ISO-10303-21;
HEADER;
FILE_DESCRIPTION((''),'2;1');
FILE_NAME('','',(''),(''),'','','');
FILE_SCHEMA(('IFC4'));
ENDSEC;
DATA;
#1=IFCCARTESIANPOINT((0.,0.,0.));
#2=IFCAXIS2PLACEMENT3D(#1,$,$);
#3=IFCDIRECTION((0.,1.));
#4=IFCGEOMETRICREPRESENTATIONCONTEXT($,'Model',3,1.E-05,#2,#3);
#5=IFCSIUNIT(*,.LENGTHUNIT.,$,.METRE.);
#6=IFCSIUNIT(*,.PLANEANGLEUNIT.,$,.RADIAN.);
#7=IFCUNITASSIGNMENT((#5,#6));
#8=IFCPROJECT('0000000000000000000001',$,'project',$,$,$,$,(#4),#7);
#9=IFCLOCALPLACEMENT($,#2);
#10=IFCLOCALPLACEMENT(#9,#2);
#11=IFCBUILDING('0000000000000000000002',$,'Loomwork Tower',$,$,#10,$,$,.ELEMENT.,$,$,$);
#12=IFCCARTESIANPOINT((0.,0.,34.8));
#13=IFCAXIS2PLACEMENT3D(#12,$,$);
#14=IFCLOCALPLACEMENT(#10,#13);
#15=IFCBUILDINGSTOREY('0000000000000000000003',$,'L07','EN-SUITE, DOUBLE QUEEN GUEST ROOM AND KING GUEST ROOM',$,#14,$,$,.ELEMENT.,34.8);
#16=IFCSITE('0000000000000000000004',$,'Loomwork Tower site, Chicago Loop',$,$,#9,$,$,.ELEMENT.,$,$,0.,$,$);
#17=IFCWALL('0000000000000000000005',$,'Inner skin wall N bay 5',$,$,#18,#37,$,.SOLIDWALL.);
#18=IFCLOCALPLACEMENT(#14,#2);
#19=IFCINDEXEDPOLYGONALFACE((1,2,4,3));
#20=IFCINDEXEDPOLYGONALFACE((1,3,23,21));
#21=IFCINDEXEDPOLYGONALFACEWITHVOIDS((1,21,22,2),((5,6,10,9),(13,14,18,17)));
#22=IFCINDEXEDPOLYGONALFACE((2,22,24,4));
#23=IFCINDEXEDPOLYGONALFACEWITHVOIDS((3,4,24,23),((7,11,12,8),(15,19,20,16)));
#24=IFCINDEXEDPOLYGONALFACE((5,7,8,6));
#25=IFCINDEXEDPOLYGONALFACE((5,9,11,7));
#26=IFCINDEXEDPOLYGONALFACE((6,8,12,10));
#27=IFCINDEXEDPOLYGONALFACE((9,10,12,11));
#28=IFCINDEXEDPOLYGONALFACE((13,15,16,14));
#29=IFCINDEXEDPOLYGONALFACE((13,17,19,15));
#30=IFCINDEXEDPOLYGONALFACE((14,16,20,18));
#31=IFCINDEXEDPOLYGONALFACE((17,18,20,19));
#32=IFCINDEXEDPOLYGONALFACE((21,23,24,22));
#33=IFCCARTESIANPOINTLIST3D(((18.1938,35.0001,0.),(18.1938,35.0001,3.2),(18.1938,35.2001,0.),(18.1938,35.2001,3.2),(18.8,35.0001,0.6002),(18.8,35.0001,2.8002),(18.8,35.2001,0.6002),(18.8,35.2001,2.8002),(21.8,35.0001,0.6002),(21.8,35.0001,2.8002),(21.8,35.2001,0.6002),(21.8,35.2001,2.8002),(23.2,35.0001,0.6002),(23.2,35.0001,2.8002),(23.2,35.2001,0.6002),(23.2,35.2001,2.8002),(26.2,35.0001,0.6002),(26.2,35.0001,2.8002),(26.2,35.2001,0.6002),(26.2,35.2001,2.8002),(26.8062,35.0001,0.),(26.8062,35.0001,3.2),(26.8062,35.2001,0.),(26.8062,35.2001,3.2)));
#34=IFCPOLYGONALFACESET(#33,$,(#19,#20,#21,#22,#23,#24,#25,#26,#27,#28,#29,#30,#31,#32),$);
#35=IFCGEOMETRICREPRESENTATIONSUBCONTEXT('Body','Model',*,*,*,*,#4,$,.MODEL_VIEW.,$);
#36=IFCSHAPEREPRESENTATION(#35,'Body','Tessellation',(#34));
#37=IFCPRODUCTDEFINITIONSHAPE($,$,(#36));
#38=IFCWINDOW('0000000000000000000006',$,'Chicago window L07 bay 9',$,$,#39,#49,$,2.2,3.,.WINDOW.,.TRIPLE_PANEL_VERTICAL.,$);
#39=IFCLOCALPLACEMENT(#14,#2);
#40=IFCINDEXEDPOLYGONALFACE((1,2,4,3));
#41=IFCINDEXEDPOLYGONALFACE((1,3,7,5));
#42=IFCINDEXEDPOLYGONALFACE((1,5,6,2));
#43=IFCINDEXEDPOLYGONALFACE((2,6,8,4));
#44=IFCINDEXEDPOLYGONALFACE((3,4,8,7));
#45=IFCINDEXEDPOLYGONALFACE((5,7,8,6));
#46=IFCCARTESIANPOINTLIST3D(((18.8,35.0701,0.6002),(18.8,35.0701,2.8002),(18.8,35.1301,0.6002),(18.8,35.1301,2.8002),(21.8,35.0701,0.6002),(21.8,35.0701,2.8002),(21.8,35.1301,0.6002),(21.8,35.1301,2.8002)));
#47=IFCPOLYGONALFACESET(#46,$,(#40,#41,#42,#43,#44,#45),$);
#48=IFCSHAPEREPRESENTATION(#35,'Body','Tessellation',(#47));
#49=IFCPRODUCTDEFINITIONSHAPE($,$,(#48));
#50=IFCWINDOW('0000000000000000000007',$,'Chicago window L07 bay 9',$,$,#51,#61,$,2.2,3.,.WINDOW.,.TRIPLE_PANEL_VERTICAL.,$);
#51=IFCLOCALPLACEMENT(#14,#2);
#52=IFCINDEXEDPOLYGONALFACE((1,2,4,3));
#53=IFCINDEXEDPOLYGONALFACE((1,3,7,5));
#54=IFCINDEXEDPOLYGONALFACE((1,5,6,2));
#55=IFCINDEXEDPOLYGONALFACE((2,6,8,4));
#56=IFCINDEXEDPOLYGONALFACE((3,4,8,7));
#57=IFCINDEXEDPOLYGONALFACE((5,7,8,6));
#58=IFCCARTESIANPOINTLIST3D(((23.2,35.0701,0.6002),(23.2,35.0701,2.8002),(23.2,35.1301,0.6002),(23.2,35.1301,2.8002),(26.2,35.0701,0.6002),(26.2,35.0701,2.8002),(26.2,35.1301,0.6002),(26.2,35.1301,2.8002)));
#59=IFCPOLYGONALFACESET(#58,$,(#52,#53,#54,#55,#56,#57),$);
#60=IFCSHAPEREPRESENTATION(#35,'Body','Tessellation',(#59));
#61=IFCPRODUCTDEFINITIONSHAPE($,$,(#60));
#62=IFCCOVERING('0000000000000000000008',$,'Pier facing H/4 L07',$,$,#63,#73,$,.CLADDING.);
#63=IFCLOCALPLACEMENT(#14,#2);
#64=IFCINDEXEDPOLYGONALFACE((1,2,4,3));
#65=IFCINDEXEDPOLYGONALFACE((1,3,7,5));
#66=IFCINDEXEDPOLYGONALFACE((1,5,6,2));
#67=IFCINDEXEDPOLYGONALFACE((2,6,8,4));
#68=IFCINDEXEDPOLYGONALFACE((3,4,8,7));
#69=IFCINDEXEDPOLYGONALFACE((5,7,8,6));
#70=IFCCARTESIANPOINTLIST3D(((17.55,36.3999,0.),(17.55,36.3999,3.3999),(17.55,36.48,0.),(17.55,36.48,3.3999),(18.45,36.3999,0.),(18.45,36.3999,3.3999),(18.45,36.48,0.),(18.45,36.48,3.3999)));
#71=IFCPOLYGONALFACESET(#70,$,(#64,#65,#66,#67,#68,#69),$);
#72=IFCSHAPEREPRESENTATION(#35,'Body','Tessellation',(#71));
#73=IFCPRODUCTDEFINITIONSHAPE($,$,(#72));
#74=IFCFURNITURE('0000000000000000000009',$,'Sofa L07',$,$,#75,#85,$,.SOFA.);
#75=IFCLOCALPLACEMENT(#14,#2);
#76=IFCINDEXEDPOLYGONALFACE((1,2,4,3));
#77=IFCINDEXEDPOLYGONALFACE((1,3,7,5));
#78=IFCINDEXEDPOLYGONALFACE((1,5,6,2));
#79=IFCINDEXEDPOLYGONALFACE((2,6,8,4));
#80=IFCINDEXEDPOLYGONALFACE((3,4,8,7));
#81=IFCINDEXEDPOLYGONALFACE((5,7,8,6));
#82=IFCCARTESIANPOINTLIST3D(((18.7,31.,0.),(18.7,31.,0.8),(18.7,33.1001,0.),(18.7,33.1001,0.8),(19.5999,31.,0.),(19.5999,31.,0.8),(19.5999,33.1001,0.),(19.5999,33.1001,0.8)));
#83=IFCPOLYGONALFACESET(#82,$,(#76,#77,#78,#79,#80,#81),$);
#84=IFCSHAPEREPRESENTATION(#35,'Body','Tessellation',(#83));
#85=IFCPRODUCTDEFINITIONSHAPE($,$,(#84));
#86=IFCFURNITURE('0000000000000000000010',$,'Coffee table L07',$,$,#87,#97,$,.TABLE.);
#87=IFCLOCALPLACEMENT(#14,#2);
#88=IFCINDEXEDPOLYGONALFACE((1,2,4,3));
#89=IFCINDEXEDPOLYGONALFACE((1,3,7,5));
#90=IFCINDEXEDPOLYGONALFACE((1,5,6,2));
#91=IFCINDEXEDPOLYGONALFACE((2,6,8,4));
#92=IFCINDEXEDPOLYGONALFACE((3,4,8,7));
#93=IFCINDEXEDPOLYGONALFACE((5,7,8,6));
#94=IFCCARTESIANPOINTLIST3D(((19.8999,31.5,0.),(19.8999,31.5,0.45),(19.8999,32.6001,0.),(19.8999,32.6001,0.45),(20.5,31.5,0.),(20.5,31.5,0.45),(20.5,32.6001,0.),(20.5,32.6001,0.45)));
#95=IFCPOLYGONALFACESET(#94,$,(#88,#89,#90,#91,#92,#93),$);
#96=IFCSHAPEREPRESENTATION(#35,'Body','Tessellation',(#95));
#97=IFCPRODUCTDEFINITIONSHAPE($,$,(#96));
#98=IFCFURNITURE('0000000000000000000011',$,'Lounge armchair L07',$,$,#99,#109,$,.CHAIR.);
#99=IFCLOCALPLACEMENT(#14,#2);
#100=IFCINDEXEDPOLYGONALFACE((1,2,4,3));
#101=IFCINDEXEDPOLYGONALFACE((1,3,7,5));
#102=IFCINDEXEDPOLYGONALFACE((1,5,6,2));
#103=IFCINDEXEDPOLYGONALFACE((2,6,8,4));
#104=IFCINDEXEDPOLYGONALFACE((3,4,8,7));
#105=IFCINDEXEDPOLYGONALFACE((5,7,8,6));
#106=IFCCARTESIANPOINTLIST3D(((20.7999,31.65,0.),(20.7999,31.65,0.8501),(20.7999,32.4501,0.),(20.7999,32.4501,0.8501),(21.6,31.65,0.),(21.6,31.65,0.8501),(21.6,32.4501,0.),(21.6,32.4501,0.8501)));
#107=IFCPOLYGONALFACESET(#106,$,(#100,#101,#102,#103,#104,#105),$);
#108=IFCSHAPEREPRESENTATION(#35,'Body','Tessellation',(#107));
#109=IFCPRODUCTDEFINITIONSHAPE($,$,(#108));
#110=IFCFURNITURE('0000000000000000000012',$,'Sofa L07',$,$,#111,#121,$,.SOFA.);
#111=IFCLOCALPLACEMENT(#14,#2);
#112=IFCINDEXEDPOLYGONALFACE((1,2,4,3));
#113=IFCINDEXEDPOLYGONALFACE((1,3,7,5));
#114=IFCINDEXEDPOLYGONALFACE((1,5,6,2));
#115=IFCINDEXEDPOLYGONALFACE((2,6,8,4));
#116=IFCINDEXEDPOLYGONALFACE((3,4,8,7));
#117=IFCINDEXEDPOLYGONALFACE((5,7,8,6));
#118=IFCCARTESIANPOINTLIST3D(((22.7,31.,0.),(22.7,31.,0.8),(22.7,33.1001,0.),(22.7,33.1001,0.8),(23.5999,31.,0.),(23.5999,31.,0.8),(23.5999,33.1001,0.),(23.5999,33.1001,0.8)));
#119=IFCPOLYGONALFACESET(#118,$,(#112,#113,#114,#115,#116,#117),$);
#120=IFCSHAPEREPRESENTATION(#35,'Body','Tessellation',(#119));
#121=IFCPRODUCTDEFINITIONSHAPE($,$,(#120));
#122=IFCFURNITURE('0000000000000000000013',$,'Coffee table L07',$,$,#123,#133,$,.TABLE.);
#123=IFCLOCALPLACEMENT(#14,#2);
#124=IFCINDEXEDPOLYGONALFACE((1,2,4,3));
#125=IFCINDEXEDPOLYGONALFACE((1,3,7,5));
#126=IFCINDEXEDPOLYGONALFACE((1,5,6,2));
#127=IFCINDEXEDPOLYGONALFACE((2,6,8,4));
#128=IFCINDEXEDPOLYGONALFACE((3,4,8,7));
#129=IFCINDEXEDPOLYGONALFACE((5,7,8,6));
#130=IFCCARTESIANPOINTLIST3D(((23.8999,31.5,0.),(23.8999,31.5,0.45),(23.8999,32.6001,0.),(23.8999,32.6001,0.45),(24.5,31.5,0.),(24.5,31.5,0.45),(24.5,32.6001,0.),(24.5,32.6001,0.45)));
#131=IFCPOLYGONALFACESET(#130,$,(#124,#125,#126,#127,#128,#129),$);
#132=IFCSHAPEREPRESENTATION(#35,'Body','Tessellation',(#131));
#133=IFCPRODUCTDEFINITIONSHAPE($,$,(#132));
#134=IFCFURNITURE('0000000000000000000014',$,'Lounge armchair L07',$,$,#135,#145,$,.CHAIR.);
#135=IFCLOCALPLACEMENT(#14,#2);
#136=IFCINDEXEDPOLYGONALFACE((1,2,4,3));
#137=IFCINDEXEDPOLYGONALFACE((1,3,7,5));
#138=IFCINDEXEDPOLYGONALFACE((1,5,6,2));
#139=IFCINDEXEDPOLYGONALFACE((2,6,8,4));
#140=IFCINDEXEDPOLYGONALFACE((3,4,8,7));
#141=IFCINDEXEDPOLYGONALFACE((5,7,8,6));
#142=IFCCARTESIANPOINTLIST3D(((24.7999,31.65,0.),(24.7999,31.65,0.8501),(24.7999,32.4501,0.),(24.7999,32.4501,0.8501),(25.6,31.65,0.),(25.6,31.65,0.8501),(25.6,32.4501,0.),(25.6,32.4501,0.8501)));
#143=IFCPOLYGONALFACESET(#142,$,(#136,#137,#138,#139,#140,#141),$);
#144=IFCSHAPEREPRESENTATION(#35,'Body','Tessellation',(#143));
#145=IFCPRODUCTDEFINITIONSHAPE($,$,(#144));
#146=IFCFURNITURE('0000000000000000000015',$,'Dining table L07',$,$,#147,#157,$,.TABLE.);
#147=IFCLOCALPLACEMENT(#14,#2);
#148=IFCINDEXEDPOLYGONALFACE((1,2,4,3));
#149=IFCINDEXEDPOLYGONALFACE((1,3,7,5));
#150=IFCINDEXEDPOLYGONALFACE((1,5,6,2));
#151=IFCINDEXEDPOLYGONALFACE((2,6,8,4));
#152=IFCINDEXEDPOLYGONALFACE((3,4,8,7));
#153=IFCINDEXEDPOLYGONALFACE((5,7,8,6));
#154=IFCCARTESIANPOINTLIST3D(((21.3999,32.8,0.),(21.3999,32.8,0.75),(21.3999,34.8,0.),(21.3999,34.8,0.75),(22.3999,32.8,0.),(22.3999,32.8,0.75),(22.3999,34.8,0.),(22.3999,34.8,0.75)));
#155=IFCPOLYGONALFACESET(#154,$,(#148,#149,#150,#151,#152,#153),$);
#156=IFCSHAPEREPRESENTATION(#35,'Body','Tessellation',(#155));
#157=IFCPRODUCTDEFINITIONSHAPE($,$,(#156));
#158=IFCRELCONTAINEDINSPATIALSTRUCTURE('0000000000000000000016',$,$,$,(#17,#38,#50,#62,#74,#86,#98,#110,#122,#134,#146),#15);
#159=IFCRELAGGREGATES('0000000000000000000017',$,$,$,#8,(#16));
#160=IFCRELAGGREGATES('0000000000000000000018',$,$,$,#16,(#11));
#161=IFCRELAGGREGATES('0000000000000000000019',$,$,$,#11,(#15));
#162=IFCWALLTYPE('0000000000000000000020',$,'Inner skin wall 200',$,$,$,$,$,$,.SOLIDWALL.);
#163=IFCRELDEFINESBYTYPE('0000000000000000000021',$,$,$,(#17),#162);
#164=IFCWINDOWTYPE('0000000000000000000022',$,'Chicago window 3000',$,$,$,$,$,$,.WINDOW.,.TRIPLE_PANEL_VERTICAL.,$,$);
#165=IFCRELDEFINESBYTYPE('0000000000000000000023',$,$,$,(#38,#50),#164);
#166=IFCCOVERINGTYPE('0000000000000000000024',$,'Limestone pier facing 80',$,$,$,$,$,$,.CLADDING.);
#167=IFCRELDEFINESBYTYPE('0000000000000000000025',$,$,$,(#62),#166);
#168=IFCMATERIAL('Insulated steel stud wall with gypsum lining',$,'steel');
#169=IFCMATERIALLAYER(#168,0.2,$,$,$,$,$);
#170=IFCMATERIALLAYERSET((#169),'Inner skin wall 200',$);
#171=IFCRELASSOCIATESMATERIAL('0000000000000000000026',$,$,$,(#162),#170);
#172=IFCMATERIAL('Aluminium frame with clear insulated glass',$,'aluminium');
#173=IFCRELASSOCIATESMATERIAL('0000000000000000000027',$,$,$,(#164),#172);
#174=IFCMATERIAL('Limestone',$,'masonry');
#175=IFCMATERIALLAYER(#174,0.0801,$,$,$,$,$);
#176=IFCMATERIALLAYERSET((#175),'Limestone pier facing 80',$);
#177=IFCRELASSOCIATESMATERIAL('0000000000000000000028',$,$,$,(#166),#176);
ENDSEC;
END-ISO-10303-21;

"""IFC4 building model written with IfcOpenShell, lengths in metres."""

from ifc_helpers import new_model, si_unit, direction, frame, frame_2d, origin, origin_2d, place, context, subcontext, project, spatial, rectangle, extrude, material, layer, layer_set, type_object, element, fill, save


model = new_model("IFC4")

# Units and contexts
model_context = context("Model", 3, precision=1e-05, world=origin(), true_north=direction((0.0, 1.0)))
body_context = subcontext(model_context, "Body", "Model", "MODEL_VIEW")
ifc_project = project(units=[si_unit("LENGTHUNIT", "METRE"), si_unit("PLANEANGLEUNIT", "RADIAN")], contexts=[model_context])

# Site, building, storey
site_placement = place(None, origin())
site = spatial("IfcSite", under=ifc_project, at=site_placement, Name="Loomwork Tower site, Chicago Loop", CompositionType="ELEMENT", RefElevation=0.0)
building_placement = place(site_placement, origin())
building = spatial("IfcBuilding", under=site, at=building_placement, Name="Loomwork Tower", CompositionType="ELEMENT")
storey_placement = place(building_placement, frame((0.0, 0.0, 34.8)))
storey = spatial("IfcBuildingStorey", under=building, at=storey_placement, Name="L07", Description="EN-SUITE, DOUBLE QUEEN GUEST ROOM AND KING GUEST ROOM", CompositionType="ELEMENT", Elevation=34.8)

# Wall, openings, windows
ifc_material_1 = material(Name="Insulated steel stud wall with gypsum lining", Category="steel")
ifc_layer_1 = layer(ifc_material_1, 0.2)
ifc_layer_set_1 = layer_set([ifc_layer_1], Name="Inner skin wall 200")
wall_type = type_object("IfcWallType", Name="Inner skin wall 200", PredefinedType="SOLIDWALL", material=ifc_layer_set_1)
wall_placement = place(storey_placement, frame((18.1938, 35.1001, 0.0), z_axis=(0.0, 0.0, 1.0), x_axis=(1.0, 0.0, 0.0)))
wall = element("IfcWall", 1, at=wall_placement, inside=storey, type_object=wall_type, Name="Inner skin wall N bay 5", PredefinedType="SOLIDWALL", context=body_context, shape_type="SweptSolid", body=[
    extrude(rectangle(XDim=8.6123, YDim=0.2, at=frame_2d((4.3062, 0.0))), origin(), (0.0, 0.0, 1.0), 3.2),
])
opening_1_placement = place(wall_placement, frame((0.6062, 0.0, 0.6001)))
opening_1 = element("IfcOpeningElement", 2, at=opening_1_placement, cuts=wall, PredefinedType="OPENING", context=body_context, shape_type="SweptSolid", body=[
    extrude(rectangle(XDim=3.0, YDim=2.2, at=frame_2d((1.5, 1.1001))), frame((0.0, 0.1099, 0.0), z_axis=(0.0, -1.0, 0.0), x_axis=(1.0, 0.0, 0.0)), (0.0, 0.0, 1.0), 0.22),
])
opening_2_placement = place(wall_placement, frame((5.0061, 0.0, 0.6001)))
opening_2 = element("IfcOpeningElement", 3, at=opening_2_placement, cuts=wall, PredefinedType="OPENING", context=body_context, shape_type="SweptSolid", body=[
    extrude(rectangle(XDim=3.0, YDim=2.2, at=frame_2d((1.5, 1.1001))), frame((0.0, 0.1099, 0.0), z_axis=(0.0, -1.0, 0.0), x_axis=(1.0, 0.0, 0.0)), (0.0, 0.0, 1.0), 0.22),
])
ifc_material_2 = material(Name="Aluminium frame with clear insulated glass", Category="aluminium")
window_type = type_object("IfcWindowType", Name="Chicago window 3000", PartitioningType="TRIPLE_PANEL_VERTICAL", PredefinedType="WINDOW", material=ifc_material_2)
window_1_placement = place(opening_1_placement, origin())
window_1 = element("IfcWindow", 4, at=window_1_placement, inside=storey, type_object=window_type, Name="Chicago window L07 bay 9", OverallHeight=2.2, OverallWidth=3.0, PartitioningType="TRIPLE_PANEL_VERTICAL", PredefinedType="WINDOW", context=body_context, shape_type="SweptSolid", body=[
    extrude(rectangle(XDim=3.0, YDim=2.2, at=frame_2d((1.5, 1.1001))), frame((0.0, 0.03, 0.0), z_axis=(0.0, -1.0, 0.0), x_axis=(1.0, 0.0, 0.0)), (0.0, 0.0, 1.0), 0.0601),
])
fill(opening_1, window_1)
window_2_placement = place(opening_2_placement, origin())
window_2 = element("IfcWindow", 5, at=window_2_placement, inside=storey, type_object=window_type, Name="Chicago window L07 bay 9", OverallHeight=2.2, OverallWidth=3.0, PartitioningType="TRIPLE_PANEL_VERTICAL", PredefinedType="WINDOW", context=body_context, shape_type="SweptSolid", body=[
    extrude(rectangle(XDim=3.0, YDim=2.2, at=frame_2d((1.5, 1.1001))), frame((0.0, 0.03, 0.0), z_axis=(0.0, -1.0, 0.0), x_axis=(1.0, 0.0, 0.0)), (0.0, 0.0, 1.0), 0.0601),
])
fill(opening_2, window_2)

# Covering
ifc_material_3 = material(Name="Limestone", Category="masonry")
ifc_layer_2 = layer(ifc_material_3, 0.0801)
ifc_layer_set_2 = layer_set([ifc_layer_2], Name="Limestone pier facing 80")
covering_type = type_object("IfcCoveringType", Name="Limestone pier facing 80", PredefinedType="CLADDING", material=ifc_layer_set_2)
covering_placement = place(storey_placement, frame((18.0, 36.4399, 0.0), z_axis=(0.0, 0.0, 1.0), x_axis=(1.0, 0.0, 0.0)))
element("IfcCovering", 6, at=covering_placement, inside=storey, type_object=covering_type, Name="Pier facing H/4 L07", PredefinedType="CLADDING", context=body_context, shape_type="SweptSolid", body=[
    extrude(rectangle(XDim=0.8999, YDim=0.0801, at=origin_2d()), origin(), (0.0, 0.0, 1.0), 3.3999),
])

# Furniture
furniture_1_placement = place(storey_placement, frame((19.1499, 32.05, 0.0), z_axis=(0.0, 0.0, 1.0), x_axis=(1.0, 0.0, 0.0)))
element("IfcFurniture", 7, at=furniture_1_placement, inside=storey, Name="Sofa L07", PredefinedType="SOFA", context=body_context, shape_type="SweptSolid", body=[
    extrude(rectangle(XDim=0.8999, YDim=2.1001, at=origin_2d()), origin(), (0.0, 0.0, 1.0), 0.8),
])
furniture_2_placement = place(storey_placement, frame((20.2, 32.05, 0.0), z_axis=(0.0, 0.0, 1.0), x_axis=(1.0, 0.0, 0.0)))
element("IfcFurniture", 8, at=furniture_2_placement, inside=storey, Name="Coffee table L07", PredefinedType="TABLE", context=body_context, shape_type="SweptSolid", body=[
    extrude(rectangle(XDim=0.6001, YDim=1.1001, at=origin_2d()), origin(), (0.0, 0.0, 1.0), 0.45),
])
furniture_3_placement = place(storey_placement, frame((21.2, 32.05, 0.0), z_axis=(0.0, 0.0, 1.0), x_axis=(1.0, 0.0, 0.0)))
element("IfcFurniture", 9, at=furniture_3_placement, inside=storey, Name="Lounge armchair L07", PredefinedType="CHAIR", context=body_context, shape_type="SweptSolid", body=[
    extrude(rectangle(XDim=0.8, YDim=0.8, at=origin_2d()), origin(), (0.0, 0.0, 1.0), 0.8501),
])
furniture_4_placement = place(storey_placement, frame((23.1499, 32.05, 0.0), z_axis=(0.0, 0.0, 1.0), x_axis=(1.0, 0.0, 0.0)))
element("IfcFurniture", 10, at=furniture_4_placement, inside=storey, Name="Sofa L07", PredefinedType="SOFA", context=body_context, shape_type="SweptSolid", body=[
    extrude(rectangle(XDim=0.8999, YDim=2.1001, at=origin_2d()), origin(), (0.0, 0.0, 1.0), 0.8),
])
furniture_5_placement = place(storey_placement, frame((24.2, 32.05, 0.0), z_axis=(0.0, 0.0, 1.0), x_axis=(1.0, 0.0, 0.0)))
element("IfcFurniture", 11, at=furniture_5_placement, inside=storey, Name="Coffee table L07", PredefinedType="TABLE", context=body_context, shape_type="SweptSolid", body=[
    extrude(rectangle(XDim=0.6001, YDim=1.1001, at=origin_2d()), origin(), (0.0, 0.0, 1.0), 0.45),
])
furniture_6_placement = place(storey_placement, frame((25.2, 32.05, 0.0), z_axis=(0.0, 0.0, 1.0), x_axis=(1.0, 0.0, 0.0)))
element("IfcFurniture", 12, at=furniture_6_placement, inside=storey, Name="Lounge armchair L07", PredefinedType="CHAIR", context=body_context, shape_type="SweptSolid", body=[
    extrude(rectangle(XDim=0.8, YDim=0.8, at=origin_2d()), origin(), (0.0, 0.0, 1.0), 0.8501),
])
furniture_7_placement = place(storey_placement, frame((21.8999, 33.8, 0.0), z_axis=(0.0, 0.0, 1.0), x_axis=(1.0, 0.0, 0.0)))
element("IfcFurniture", 13, at=furniture_7_placement, inside=storey, Name="Dining table L07", PredefinedType="TABLE", context=body_context, shape_type="SweptSolid", body=[
    extrude(rectangle(XDim=1.0, YDim=2.0, at=origin_2d()), origin(), (0.0, 0.0, 1.0), 0.75),
])

save(model, "model.ifc")
